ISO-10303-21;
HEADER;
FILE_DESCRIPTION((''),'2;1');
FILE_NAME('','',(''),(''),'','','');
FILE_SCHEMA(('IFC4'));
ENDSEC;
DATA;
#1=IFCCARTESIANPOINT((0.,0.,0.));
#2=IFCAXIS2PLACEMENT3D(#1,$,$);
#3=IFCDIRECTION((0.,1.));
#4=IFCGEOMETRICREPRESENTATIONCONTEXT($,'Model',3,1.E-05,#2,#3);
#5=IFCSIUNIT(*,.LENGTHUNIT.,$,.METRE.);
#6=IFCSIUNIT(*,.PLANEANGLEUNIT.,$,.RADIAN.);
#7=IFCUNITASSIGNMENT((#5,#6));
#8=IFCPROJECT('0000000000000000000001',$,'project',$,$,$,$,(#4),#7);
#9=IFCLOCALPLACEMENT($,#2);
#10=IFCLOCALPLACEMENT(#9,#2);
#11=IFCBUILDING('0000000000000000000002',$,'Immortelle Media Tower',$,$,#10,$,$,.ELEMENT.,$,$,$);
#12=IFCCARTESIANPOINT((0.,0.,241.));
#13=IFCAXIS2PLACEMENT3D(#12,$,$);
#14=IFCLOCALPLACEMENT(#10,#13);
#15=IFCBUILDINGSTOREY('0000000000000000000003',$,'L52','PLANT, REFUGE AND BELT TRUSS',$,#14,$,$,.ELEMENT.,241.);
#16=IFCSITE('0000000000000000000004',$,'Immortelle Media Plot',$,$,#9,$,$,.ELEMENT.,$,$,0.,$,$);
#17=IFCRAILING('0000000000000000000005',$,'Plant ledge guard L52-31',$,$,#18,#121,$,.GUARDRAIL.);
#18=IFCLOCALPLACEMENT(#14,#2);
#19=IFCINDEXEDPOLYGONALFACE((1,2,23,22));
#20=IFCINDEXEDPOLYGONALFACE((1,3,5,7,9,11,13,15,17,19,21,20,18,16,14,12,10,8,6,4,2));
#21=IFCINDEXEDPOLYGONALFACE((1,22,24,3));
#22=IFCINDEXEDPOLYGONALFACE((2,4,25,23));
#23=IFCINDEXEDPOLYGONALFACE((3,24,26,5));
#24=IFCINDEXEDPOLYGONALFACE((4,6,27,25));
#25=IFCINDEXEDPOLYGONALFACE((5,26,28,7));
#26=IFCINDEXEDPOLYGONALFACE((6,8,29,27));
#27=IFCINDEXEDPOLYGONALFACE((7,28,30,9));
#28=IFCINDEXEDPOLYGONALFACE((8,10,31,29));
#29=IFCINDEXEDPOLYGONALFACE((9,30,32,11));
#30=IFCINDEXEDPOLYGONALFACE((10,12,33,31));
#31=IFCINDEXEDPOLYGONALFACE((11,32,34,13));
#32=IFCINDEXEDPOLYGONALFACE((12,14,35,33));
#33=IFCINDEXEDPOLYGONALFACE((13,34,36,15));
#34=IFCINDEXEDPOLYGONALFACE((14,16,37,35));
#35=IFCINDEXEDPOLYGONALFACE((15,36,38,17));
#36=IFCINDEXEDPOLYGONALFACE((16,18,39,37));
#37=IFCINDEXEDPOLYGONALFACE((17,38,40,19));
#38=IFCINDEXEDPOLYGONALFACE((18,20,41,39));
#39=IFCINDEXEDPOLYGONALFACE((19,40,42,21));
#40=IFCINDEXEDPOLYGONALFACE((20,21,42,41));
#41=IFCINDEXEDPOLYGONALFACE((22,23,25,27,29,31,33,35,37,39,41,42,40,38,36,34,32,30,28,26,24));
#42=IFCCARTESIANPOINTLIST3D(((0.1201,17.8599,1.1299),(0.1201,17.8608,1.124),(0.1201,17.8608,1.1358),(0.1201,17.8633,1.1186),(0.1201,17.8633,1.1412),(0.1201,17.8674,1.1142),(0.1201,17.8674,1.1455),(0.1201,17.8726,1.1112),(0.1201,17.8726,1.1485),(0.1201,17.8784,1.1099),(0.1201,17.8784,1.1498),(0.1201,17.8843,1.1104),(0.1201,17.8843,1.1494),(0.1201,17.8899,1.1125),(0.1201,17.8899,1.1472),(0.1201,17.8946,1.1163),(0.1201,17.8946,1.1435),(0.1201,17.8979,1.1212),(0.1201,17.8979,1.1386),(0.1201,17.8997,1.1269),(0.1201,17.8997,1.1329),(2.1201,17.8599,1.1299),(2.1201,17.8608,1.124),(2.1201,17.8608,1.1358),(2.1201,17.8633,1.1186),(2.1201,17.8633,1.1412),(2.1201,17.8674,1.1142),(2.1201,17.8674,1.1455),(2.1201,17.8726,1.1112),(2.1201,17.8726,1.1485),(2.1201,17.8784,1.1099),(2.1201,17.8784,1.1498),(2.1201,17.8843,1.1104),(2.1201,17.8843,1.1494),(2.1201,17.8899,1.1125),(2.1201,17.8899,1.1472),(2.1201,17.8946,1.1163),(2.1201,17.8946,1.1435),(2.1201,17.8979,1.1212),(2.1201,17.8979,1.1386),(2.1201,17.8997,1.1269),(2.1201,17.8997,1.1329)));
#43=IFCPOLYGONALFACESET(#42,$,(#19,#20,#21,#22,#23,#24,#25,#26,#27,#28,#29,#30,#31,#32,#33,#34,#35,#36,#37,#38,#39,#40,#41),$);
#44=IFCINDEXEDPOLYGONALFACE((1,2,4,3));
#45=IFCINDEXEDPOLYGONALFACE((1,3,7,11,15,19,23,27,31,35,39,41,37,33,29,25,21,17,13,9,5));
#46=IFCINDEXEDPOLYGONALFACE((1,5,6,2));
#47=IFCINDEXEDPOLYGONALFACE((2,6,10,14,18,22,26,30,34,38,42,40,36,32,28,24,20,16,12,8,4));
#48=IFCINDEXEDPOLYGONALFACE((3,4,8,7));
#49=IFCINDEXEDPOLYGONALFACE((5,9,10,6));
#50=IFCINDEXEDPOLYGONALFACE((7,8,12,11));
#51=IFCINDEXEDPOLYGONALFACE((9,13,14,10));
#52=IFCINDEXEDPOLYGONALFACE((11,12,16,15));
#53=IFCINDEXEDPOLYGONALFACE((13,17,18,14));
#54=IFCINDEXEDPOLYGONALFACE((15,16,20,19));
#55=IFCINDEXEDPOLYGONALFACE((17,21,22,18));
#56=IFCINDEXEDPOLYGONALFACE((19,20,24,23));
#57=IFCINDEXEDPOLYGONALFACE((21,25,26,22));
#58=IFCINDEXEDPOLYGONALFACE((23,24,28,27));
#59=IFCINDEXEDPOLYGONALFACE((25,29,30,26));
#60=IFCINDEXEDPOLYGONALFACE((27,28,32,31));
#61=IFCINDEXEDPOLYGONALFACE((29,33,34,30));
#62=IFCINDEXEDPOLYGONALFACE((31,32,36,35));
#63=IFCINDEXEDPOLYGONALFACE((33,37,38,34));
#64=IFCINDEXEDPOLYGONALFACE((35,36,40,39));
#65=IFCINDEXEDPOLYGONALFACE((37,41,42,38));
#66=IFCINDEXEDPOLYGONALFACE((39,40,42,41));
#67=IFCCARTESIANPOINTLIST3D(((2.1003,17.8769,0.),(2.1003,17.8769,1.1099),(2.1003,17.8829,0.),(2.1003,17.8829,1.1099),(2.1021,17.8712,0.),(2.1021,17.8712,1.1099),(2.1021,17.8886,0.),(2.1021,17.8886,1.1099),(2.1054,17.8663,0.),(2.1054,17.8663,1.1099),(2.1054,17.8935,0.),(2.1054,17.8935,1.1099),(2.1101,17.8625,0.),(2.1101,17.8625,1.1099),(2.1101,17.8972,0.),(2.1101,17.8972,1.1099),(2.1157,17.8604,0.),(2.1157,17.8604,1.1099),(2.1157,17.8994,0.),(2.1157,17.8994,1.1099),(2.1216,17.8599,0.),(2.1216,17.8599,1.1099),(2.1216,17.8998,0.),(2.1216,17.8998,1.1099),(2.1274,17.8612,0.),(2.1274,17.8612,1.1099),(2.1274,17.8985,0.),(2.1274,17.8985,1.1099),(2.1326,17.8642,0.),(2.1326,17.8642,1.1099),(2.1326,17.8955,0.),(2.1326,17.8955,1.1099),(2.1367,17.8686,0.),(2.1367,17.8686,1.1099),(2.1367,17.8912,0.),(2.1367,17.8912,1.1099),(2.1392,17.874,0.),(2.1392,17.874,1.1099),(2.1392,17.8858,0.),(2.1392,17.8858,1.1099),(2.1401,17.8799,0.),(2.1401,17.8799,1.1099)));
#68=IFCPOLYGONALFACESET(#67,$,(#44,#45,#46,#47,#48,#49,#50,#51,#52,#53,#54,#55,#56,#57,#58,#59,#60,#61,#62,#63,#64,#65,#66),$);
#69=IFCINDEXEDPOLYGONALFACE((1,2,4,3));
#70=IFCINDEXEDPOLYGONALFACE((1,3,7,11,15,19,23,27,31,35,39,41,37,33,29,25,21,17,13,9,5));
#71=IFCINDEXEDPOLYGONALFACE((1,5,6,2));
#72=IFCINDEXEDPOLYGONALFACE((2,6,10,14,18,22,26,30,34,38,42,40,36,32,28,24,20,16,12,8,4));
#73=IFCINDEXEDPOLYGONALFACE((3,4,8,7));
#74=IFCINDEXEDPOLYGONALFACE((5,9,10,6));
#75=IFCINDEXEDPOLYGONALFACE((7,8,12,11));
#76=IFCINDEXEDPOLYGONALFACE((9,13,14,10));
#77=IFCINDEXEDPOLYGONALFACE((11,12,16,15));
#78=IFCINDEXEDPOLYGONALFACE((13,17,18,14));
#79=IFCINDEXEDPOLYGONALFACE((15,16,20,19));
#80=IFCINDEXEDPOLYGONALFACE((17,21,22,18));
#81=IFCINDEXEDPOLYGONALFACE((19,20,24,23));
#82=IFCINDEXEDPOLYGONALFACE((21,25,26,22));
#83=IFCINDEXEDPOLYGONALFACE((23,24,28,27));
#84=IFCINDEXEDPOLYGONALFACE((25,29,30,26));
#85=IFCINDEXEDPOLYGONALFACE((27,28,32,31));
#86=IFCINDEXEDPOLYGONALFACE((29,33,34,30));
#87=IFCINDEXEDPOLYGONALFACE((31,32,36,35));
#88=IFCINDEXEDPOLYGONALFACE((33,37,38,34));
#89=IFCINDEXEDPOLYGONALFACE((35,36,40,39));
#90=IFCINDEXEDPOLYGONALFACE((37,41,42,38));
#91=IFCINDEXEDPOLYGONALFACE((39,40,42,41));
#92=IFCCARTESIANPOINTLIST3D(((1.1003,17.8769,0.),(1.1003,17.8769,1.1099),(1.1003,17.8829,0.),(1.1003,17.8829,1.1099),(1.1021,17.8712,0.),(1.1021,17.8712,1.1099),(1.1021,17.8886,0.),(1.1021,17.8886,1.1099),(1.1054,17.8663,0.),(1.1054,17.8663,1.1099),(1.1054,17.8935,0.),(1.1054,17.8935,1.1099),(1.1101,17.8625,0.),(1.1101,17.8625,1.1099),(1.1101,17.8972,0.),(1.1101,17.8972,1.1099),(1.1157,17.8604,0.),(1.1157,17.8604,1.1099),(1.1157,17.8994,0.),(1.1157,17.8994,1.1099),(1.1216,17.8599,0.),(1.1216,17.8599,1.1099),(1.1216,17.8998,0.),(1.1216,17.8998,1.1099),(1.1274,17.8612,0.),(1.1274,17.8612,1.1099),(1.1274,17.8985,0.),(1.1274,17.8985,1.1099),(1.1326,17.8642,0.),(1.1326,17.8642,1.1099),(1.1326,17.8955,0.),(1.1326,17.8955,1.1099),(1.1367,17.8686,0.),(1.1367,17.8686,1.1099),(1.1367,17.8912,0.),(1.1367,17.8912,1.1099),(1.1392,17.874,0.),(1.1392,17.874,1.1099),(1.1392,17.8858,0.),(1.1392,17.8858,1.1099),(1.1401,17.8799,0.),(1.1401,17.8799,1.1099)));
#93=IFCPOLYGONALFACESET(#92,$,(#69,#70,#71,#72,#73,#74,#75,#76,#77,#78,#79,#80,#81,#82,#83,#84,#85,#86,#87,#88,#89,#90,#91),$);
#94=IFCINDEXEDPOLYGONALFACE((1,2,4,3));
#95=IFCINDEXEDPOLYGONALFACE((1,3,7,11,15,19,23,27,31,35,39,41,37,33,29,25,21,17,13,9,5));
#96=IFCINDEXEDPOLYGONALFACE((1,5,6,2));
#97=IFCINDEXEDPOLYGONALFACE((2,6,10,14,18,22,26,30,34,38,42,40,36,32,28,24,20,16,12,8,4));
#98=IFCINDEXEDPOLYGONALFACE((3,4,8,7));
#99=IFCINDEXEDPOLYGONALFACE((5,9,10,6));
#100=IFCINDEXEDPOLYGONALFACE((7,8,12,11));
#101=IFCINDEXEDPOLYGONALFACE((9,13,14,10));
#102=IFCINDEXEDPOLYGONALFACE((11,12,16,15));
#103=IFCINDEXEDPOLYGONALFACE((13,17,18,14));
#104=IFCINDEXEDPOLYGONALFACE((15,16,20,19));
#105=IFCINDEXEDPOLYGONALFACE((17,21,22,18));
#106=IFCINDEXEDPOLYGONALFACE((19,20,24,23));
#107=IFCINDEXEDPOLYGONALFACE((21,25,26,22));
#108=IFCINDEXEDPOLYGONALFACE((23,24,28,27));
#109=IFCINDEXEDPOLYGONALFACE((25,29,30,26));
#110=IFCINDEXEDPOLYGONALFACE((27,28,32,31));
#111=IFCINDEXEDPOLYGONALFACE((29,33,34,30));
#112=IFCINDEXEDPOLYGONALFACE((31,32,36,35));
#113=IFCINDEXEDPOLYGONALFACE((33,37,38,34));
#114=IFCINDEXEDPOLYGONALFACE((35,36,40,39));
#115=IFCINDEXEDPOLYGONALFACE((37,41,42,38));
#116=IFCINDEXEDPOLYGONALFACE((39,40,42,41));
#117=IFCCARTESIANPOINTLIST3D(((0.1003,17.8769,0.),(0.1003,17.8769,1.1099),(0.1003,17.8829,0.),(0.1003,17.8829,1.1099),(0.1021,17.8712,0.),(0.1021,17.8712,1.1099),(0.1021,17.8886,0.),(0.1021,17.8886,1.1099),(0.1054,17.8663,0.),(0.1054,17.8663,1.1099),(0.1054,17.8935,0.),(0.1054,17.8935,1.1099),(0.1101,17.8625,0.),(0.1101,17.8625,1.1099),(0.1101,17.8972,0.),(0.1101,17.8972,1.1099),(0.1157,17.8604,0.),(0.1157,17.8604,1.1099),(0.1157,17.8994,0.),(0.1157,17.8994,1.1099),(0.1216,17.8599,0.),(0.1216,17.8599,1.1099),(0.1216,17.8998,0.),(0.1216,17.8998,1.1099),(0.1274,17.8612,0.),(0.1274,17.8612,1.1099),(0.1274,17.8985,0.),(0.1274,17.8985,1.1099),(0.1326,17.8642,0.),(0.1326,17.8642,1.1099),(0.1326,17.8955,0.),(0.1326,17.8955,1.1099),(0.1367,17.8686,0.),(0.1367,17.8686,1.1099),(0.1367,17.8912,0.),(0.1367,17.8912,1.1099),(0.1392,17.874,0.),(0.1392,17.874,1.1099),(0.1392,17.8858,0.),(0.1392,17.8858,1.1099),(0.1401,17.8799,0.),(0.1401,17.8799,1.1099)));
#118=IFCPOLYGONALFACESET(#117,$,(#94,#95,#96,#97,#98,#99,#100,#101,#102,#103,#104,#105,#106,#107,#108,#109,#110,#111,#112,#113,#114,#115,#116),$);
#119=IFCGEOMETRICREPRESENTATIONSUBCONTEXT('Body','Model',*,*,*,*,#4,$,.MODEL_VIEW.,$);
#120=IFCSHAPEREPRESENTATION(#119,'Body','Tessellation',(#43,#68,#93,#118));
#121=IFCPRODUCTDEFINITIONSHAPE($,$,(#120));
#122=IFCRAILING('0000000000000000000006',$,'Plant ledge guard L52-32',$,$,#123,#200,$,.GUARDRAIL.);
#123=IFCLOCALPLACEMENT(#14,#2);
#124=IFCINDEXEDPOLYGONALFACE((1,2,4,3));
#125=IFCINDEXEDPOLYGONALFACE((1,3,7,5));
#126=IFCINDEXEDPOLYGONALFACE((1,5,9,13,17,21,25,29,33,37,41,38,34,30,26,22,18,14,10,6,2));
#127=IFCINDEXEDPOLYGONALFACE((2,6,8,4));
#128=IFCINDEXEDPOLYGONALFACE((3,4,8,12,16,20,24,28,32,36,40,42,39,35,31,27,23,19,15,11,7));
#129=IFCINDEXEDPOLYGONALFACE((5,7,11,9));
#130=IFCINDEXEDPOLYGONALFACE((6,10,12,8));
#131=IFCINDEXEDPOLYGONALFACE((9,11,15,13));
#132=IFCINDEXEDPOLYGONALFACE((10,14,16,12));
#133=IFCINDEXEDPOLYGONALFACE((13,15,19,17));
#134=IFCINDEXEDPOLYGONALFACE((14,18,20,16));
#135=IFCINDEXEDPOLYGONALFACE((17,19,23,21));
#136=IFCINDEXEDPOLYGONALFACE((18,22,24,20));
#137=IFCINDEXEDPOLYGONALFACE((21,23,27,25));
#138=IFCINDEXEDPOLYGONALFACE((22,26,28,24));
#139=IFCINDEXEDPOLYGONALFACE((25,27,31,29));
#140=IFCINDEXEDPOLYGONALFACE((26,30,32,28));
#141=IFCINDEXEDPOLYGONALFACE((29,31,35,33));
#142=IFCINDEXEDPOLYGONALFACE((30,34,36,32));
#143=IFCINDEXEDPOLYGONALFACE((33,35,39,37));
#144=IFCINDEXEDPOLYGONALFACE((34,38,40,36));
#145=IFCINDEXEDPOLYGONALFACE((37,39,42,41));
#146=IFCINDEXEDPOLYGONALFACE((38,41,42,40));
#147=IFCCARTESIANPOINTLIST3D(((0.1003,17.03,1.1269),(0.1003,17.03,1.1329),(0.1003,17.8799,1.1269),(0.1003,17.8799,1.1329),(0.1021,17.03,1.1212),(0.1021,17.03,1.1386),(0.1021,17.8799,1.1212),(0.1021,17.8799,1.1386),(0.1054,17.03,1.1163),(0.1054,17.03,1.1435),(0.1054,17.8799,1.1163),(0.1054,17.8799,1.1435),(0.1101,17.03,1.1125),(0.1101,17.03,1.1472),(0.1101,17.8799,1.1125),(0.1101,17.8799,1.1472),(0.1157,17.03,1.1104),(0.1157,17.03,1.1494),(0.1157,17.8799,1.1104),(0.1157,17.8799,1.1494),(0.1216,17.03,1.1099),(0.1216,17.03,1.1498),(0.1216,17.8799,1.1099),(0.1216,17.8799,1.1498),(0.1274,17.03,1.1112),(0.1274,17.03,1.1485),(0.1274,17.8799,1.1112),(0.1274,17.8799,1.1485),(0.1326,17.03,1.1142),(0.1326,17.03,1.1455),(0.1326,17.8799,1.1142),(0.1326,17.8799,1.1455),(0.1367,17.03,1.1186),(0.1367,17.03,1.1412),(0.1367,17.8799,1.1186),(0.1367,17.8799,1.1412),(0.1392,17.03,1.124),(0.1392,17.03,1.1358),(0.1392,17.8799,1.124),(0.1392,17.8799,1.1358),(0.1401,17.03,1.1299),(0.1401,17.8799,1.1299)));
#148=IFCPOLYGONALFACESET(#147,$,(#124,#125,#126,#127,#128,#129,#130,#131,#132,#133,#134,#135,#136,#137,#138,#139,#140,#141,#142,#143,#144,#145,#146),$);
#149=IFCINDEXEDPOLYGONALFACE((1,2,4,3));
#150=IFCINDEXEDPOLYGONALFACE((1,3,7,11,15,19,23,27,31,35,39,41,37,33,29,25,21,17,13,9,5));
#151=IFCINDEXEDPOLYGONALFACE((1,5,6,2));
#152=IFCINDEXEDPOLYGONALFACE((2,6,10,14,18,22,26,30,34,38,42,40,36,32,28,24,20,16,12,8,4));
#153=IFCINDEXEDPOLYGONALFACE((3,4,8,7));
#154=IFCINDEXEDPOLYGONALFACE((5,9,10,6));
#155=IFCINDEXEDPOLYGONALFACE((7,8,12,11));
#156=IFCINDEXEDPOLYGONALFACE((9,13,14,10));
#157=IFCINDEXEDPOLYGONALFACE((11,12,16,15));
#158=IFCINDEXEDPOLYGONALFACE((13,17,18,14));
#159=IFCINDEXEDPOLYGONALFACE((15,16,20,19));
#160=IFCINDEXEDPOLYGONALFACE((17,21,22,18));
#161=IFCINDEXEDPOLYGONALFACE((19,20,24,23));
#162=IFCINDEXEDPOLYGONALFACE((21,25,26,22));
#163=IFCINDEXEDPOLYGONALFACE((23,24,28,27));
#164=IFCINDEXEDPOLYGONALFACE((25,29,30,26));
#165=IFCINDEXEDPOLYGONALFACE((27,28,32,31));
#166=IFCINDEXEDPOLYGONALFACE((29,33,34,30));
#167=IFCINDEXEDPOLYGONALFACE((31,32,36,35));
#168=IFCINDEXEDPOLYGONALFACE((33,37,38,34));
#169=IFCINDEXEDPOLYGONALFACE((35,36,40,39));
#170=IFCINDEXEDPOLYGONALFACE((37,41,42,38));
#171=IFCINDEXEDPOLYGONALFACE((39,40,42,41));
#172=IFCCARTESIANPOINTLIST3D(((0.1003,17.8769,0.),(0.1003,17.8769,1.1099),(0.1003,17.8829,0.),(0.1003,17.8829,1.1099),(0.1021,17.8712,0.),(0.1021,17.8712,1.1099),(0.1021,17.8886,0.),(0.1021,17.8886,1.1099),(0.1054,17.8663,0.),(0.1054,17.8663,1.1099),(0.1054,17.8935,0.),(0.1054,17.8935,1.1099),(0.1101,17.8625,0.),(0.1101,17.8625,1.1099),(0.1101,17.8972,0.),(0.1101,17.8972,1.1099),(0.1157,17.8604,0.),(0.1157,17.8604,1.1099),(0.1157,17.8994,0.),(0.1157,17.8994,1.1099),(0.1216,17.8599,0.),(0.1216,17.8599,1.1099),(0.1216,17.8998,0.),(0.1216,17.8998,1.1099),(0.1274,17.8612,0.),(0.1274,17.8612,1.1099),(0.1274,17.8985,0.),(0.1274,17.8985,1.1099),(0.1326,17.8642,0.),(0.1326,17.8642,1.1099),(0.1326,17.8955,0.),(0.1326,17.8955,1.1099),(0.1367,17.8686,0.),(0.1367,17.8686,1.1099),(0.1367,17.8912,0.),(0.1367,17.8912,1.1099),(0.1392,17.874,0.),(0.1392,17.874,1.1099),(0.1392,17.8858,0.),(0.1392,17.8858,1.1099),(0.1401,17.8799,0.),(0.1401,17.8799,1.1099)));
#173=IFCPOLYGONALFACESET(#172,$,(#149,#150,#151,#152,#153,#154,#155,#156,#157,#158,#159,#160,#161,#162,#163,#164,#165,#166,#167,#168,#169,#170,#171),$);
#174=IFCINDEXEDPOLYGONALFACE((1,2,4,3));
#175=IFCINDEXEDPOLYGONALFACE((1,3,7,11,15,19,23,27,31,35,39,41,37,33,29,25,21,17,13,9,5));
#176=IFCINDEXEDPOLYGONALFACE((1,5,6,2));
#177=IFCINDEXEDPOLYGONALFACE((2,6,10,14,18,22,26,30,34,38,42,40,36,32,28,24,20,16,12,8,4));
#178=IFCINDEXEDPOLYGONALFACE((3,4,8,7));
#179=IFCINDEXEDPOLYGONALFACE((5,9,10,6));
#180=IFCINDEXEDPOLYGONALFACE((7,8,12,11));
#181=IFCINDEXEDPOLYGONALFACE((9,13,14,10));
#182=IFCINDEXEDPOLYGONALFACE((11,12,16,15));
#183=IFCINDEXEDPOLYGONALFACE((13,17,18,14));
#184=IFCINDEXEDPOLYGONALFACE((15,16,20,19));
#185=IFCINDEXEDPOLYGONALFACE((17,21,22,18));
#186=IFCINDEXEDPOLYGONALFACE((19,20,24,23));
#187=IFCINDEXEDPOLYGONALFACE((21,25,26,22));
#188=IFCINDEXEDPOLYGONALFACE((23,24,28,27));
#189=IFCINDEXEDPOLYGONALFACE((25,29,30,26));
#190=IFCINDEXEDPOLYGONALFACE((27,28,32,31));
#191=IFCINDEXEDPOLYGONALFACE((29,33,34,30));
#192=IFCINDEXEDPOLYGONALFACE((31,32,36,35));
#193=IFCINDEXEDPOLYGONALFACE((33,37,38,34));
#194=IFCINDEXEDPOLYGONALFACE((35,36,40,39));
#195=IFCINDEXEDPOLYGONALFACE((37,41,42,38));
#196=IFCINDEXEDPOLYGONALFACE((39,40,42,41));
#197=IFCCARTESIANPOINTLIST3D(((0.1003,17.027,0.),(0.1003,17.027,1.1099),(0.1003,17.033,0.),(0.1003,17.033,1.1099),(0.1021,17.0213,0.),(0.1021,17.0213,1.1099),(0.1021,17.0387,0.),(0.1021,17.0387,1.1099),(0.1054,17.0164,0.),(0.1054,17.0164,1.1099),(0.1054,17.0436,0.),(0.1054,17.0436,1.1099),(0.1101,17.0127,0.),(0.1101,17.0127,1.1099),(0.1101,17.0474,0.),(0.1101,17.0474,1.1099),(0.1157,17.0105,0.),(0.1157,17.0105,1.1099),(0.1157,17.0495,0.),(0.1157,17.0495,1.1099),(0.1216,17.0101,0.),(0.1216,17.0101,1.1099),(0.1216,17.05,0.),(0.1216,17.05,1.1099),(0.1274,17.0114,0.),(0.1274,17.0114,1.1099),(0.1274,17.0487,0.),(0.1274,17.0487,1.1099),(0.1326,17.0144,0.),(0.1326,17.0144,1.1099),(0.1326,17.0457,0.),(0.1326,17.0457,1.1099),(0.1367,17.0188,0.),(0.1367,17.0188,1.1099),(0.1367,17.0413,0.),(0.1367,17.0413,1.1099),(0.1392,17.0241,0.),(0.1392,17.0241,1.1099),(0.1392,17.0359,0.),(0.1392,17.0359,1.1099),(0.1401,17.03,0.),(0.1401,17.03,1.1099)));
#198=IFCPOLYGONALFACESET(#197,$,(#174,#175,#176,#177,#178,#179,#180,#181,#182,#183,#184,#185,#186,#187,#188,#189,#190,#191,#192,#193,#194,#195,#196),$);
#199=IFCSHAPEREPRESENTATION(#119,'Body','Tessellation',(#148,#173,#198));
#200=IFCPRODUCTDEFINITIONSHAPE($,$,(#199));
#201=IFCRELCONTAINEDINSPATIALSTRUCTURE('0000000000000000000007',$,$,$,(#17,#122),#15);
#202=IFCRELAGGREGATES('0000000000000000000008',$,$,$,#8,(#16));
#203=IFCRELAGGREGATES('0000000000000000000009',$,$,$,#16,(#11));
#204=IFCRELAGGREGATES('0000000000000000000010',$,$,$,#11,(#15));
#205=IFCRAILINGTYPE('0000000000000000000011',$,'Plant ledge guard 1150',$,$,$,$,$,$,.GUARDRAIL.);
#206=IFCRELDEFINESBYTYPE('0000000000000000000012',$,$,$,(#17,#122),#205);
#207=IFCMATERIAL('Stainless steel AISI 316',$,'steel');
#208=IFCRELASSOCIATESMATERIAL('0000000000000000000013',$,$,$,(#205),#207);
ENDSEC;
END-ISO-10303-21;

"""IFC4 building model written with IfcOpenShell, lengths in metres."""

from ifc_helpers import new_model, si_unit, direction, frame, origin, origin_2d, place, context, subcontext, project, spatial, circle, extrude, material, type_object, element, save


model = new_model("IFC4")

# Units and contexts
model_context = context("Model", 3, precision=1e-05, world=origin(), true_north=direction((0.0, 1.0)))
body_context = subcontext(model_context, "Body", "Model", "MODEL_VIEW")
ifc_project = project(units=[si_unit("LENGTHUNIT", "METRE"), si_unit("PLANEANGLEUNIT", "RADIAN")], contexts=[model_context])

# Site, building, storey
site_placement = place(None, origin())
site = spatial("IfcSite", under=ifc_project, at=site_placement, Name="Immortelle Media Plot", CompositionType="ELEMENT", RefElevation=0.0)
building_placement = place(site_placement, origin())
building = spatial("IfcBuilding", under=site, at=building_placement, Name="Immortelle Media Tower", CompositionType="ELEMENT")
storey_placement = place(building_placement, frame((0.0, 0.0, 241.0)))
storey = spatial("IfcBuildingStorey", under=building, at=storey_placement, Name="L52", Description="PLANT, REFUGE AND BELT TRUSS", CompositionType="ELEMENT", Elevation=241.0)

# Railings
ifc_material_1 = material(Name="Stainless steel AISI 316", Category="steel")
railing_type = type_object("IfcRailingType", Name="Plant ledge guard 1150", PredefinedType="GUARDRAIL", material=ifc_material_1)
railing_1_placement = place(storey_placement, frame((2.1201, 17.8799, 0.0)))
element("IfcRailing", 1, at=railing_1_placement, inside=storey, type_object=railing_type, Name="Plant ledge guard L52-31", PredefinedType="GUARDRAIL", context=body_context, shape_type="SweptSolid", body=[
    extrude(circle(Radius=0.02, at=origin_2d()), frame((0.0, 0.0, 1.1299), z_axis=(-1.0, 0.0, 0.0), x_axis=(0.0, -1.0, 0.0)), (0.0, 0.0, 1.0), 2.0),
    extrude(circle(Radius=0.02, at=origin_2d()), origin(), (0.0, 0.0, 1.0), 1.1099),
    extrude(circle(Radius=0.02, at=origin_2d()), frame((-1.0, 0.0, 0.0)), (0.0, 0.0, 1.0), 1.1099),
    extrude(circle(Radius=0.02, at=origin_2d()), frame((-2.0, 0.0, 0.0)), (0.0, 0.0, 1.0), 1.1099),
])
railing_2_placement = place(storey_placement, frame((0.1201, 17.8799, 0.0)))
element("IfcRailing", 2, at=railing_2_placement, inside=storey, type_object=railing_type, Name="Plant ledge guard L52-32", PredefinedType="GUARDRAIL", context=body_context, shape_type="SweptSolid", body=[
    extrude(circle(Radius=0.02, at=origin_2d()), frame((0.0, 0.0, 1.1299), z_axis=(0.0, -1.0, 0.0), x_axis=(1.0, 0.0, 0.0)), (0.0, 0.0, 1.0), 0.8499),
    extrude(circle(Radius=0.02, at=origin_2d()), origin(), (0.0, 0.0, 1.0), 1.1099),
    extrude(circle(Radius=0.02, at=origin_2d()), frame((0.0, -0.8499, 0.0)), (0.0, 0.0, 1.0), 1.1099),
])

save(model, "model.ifc")
